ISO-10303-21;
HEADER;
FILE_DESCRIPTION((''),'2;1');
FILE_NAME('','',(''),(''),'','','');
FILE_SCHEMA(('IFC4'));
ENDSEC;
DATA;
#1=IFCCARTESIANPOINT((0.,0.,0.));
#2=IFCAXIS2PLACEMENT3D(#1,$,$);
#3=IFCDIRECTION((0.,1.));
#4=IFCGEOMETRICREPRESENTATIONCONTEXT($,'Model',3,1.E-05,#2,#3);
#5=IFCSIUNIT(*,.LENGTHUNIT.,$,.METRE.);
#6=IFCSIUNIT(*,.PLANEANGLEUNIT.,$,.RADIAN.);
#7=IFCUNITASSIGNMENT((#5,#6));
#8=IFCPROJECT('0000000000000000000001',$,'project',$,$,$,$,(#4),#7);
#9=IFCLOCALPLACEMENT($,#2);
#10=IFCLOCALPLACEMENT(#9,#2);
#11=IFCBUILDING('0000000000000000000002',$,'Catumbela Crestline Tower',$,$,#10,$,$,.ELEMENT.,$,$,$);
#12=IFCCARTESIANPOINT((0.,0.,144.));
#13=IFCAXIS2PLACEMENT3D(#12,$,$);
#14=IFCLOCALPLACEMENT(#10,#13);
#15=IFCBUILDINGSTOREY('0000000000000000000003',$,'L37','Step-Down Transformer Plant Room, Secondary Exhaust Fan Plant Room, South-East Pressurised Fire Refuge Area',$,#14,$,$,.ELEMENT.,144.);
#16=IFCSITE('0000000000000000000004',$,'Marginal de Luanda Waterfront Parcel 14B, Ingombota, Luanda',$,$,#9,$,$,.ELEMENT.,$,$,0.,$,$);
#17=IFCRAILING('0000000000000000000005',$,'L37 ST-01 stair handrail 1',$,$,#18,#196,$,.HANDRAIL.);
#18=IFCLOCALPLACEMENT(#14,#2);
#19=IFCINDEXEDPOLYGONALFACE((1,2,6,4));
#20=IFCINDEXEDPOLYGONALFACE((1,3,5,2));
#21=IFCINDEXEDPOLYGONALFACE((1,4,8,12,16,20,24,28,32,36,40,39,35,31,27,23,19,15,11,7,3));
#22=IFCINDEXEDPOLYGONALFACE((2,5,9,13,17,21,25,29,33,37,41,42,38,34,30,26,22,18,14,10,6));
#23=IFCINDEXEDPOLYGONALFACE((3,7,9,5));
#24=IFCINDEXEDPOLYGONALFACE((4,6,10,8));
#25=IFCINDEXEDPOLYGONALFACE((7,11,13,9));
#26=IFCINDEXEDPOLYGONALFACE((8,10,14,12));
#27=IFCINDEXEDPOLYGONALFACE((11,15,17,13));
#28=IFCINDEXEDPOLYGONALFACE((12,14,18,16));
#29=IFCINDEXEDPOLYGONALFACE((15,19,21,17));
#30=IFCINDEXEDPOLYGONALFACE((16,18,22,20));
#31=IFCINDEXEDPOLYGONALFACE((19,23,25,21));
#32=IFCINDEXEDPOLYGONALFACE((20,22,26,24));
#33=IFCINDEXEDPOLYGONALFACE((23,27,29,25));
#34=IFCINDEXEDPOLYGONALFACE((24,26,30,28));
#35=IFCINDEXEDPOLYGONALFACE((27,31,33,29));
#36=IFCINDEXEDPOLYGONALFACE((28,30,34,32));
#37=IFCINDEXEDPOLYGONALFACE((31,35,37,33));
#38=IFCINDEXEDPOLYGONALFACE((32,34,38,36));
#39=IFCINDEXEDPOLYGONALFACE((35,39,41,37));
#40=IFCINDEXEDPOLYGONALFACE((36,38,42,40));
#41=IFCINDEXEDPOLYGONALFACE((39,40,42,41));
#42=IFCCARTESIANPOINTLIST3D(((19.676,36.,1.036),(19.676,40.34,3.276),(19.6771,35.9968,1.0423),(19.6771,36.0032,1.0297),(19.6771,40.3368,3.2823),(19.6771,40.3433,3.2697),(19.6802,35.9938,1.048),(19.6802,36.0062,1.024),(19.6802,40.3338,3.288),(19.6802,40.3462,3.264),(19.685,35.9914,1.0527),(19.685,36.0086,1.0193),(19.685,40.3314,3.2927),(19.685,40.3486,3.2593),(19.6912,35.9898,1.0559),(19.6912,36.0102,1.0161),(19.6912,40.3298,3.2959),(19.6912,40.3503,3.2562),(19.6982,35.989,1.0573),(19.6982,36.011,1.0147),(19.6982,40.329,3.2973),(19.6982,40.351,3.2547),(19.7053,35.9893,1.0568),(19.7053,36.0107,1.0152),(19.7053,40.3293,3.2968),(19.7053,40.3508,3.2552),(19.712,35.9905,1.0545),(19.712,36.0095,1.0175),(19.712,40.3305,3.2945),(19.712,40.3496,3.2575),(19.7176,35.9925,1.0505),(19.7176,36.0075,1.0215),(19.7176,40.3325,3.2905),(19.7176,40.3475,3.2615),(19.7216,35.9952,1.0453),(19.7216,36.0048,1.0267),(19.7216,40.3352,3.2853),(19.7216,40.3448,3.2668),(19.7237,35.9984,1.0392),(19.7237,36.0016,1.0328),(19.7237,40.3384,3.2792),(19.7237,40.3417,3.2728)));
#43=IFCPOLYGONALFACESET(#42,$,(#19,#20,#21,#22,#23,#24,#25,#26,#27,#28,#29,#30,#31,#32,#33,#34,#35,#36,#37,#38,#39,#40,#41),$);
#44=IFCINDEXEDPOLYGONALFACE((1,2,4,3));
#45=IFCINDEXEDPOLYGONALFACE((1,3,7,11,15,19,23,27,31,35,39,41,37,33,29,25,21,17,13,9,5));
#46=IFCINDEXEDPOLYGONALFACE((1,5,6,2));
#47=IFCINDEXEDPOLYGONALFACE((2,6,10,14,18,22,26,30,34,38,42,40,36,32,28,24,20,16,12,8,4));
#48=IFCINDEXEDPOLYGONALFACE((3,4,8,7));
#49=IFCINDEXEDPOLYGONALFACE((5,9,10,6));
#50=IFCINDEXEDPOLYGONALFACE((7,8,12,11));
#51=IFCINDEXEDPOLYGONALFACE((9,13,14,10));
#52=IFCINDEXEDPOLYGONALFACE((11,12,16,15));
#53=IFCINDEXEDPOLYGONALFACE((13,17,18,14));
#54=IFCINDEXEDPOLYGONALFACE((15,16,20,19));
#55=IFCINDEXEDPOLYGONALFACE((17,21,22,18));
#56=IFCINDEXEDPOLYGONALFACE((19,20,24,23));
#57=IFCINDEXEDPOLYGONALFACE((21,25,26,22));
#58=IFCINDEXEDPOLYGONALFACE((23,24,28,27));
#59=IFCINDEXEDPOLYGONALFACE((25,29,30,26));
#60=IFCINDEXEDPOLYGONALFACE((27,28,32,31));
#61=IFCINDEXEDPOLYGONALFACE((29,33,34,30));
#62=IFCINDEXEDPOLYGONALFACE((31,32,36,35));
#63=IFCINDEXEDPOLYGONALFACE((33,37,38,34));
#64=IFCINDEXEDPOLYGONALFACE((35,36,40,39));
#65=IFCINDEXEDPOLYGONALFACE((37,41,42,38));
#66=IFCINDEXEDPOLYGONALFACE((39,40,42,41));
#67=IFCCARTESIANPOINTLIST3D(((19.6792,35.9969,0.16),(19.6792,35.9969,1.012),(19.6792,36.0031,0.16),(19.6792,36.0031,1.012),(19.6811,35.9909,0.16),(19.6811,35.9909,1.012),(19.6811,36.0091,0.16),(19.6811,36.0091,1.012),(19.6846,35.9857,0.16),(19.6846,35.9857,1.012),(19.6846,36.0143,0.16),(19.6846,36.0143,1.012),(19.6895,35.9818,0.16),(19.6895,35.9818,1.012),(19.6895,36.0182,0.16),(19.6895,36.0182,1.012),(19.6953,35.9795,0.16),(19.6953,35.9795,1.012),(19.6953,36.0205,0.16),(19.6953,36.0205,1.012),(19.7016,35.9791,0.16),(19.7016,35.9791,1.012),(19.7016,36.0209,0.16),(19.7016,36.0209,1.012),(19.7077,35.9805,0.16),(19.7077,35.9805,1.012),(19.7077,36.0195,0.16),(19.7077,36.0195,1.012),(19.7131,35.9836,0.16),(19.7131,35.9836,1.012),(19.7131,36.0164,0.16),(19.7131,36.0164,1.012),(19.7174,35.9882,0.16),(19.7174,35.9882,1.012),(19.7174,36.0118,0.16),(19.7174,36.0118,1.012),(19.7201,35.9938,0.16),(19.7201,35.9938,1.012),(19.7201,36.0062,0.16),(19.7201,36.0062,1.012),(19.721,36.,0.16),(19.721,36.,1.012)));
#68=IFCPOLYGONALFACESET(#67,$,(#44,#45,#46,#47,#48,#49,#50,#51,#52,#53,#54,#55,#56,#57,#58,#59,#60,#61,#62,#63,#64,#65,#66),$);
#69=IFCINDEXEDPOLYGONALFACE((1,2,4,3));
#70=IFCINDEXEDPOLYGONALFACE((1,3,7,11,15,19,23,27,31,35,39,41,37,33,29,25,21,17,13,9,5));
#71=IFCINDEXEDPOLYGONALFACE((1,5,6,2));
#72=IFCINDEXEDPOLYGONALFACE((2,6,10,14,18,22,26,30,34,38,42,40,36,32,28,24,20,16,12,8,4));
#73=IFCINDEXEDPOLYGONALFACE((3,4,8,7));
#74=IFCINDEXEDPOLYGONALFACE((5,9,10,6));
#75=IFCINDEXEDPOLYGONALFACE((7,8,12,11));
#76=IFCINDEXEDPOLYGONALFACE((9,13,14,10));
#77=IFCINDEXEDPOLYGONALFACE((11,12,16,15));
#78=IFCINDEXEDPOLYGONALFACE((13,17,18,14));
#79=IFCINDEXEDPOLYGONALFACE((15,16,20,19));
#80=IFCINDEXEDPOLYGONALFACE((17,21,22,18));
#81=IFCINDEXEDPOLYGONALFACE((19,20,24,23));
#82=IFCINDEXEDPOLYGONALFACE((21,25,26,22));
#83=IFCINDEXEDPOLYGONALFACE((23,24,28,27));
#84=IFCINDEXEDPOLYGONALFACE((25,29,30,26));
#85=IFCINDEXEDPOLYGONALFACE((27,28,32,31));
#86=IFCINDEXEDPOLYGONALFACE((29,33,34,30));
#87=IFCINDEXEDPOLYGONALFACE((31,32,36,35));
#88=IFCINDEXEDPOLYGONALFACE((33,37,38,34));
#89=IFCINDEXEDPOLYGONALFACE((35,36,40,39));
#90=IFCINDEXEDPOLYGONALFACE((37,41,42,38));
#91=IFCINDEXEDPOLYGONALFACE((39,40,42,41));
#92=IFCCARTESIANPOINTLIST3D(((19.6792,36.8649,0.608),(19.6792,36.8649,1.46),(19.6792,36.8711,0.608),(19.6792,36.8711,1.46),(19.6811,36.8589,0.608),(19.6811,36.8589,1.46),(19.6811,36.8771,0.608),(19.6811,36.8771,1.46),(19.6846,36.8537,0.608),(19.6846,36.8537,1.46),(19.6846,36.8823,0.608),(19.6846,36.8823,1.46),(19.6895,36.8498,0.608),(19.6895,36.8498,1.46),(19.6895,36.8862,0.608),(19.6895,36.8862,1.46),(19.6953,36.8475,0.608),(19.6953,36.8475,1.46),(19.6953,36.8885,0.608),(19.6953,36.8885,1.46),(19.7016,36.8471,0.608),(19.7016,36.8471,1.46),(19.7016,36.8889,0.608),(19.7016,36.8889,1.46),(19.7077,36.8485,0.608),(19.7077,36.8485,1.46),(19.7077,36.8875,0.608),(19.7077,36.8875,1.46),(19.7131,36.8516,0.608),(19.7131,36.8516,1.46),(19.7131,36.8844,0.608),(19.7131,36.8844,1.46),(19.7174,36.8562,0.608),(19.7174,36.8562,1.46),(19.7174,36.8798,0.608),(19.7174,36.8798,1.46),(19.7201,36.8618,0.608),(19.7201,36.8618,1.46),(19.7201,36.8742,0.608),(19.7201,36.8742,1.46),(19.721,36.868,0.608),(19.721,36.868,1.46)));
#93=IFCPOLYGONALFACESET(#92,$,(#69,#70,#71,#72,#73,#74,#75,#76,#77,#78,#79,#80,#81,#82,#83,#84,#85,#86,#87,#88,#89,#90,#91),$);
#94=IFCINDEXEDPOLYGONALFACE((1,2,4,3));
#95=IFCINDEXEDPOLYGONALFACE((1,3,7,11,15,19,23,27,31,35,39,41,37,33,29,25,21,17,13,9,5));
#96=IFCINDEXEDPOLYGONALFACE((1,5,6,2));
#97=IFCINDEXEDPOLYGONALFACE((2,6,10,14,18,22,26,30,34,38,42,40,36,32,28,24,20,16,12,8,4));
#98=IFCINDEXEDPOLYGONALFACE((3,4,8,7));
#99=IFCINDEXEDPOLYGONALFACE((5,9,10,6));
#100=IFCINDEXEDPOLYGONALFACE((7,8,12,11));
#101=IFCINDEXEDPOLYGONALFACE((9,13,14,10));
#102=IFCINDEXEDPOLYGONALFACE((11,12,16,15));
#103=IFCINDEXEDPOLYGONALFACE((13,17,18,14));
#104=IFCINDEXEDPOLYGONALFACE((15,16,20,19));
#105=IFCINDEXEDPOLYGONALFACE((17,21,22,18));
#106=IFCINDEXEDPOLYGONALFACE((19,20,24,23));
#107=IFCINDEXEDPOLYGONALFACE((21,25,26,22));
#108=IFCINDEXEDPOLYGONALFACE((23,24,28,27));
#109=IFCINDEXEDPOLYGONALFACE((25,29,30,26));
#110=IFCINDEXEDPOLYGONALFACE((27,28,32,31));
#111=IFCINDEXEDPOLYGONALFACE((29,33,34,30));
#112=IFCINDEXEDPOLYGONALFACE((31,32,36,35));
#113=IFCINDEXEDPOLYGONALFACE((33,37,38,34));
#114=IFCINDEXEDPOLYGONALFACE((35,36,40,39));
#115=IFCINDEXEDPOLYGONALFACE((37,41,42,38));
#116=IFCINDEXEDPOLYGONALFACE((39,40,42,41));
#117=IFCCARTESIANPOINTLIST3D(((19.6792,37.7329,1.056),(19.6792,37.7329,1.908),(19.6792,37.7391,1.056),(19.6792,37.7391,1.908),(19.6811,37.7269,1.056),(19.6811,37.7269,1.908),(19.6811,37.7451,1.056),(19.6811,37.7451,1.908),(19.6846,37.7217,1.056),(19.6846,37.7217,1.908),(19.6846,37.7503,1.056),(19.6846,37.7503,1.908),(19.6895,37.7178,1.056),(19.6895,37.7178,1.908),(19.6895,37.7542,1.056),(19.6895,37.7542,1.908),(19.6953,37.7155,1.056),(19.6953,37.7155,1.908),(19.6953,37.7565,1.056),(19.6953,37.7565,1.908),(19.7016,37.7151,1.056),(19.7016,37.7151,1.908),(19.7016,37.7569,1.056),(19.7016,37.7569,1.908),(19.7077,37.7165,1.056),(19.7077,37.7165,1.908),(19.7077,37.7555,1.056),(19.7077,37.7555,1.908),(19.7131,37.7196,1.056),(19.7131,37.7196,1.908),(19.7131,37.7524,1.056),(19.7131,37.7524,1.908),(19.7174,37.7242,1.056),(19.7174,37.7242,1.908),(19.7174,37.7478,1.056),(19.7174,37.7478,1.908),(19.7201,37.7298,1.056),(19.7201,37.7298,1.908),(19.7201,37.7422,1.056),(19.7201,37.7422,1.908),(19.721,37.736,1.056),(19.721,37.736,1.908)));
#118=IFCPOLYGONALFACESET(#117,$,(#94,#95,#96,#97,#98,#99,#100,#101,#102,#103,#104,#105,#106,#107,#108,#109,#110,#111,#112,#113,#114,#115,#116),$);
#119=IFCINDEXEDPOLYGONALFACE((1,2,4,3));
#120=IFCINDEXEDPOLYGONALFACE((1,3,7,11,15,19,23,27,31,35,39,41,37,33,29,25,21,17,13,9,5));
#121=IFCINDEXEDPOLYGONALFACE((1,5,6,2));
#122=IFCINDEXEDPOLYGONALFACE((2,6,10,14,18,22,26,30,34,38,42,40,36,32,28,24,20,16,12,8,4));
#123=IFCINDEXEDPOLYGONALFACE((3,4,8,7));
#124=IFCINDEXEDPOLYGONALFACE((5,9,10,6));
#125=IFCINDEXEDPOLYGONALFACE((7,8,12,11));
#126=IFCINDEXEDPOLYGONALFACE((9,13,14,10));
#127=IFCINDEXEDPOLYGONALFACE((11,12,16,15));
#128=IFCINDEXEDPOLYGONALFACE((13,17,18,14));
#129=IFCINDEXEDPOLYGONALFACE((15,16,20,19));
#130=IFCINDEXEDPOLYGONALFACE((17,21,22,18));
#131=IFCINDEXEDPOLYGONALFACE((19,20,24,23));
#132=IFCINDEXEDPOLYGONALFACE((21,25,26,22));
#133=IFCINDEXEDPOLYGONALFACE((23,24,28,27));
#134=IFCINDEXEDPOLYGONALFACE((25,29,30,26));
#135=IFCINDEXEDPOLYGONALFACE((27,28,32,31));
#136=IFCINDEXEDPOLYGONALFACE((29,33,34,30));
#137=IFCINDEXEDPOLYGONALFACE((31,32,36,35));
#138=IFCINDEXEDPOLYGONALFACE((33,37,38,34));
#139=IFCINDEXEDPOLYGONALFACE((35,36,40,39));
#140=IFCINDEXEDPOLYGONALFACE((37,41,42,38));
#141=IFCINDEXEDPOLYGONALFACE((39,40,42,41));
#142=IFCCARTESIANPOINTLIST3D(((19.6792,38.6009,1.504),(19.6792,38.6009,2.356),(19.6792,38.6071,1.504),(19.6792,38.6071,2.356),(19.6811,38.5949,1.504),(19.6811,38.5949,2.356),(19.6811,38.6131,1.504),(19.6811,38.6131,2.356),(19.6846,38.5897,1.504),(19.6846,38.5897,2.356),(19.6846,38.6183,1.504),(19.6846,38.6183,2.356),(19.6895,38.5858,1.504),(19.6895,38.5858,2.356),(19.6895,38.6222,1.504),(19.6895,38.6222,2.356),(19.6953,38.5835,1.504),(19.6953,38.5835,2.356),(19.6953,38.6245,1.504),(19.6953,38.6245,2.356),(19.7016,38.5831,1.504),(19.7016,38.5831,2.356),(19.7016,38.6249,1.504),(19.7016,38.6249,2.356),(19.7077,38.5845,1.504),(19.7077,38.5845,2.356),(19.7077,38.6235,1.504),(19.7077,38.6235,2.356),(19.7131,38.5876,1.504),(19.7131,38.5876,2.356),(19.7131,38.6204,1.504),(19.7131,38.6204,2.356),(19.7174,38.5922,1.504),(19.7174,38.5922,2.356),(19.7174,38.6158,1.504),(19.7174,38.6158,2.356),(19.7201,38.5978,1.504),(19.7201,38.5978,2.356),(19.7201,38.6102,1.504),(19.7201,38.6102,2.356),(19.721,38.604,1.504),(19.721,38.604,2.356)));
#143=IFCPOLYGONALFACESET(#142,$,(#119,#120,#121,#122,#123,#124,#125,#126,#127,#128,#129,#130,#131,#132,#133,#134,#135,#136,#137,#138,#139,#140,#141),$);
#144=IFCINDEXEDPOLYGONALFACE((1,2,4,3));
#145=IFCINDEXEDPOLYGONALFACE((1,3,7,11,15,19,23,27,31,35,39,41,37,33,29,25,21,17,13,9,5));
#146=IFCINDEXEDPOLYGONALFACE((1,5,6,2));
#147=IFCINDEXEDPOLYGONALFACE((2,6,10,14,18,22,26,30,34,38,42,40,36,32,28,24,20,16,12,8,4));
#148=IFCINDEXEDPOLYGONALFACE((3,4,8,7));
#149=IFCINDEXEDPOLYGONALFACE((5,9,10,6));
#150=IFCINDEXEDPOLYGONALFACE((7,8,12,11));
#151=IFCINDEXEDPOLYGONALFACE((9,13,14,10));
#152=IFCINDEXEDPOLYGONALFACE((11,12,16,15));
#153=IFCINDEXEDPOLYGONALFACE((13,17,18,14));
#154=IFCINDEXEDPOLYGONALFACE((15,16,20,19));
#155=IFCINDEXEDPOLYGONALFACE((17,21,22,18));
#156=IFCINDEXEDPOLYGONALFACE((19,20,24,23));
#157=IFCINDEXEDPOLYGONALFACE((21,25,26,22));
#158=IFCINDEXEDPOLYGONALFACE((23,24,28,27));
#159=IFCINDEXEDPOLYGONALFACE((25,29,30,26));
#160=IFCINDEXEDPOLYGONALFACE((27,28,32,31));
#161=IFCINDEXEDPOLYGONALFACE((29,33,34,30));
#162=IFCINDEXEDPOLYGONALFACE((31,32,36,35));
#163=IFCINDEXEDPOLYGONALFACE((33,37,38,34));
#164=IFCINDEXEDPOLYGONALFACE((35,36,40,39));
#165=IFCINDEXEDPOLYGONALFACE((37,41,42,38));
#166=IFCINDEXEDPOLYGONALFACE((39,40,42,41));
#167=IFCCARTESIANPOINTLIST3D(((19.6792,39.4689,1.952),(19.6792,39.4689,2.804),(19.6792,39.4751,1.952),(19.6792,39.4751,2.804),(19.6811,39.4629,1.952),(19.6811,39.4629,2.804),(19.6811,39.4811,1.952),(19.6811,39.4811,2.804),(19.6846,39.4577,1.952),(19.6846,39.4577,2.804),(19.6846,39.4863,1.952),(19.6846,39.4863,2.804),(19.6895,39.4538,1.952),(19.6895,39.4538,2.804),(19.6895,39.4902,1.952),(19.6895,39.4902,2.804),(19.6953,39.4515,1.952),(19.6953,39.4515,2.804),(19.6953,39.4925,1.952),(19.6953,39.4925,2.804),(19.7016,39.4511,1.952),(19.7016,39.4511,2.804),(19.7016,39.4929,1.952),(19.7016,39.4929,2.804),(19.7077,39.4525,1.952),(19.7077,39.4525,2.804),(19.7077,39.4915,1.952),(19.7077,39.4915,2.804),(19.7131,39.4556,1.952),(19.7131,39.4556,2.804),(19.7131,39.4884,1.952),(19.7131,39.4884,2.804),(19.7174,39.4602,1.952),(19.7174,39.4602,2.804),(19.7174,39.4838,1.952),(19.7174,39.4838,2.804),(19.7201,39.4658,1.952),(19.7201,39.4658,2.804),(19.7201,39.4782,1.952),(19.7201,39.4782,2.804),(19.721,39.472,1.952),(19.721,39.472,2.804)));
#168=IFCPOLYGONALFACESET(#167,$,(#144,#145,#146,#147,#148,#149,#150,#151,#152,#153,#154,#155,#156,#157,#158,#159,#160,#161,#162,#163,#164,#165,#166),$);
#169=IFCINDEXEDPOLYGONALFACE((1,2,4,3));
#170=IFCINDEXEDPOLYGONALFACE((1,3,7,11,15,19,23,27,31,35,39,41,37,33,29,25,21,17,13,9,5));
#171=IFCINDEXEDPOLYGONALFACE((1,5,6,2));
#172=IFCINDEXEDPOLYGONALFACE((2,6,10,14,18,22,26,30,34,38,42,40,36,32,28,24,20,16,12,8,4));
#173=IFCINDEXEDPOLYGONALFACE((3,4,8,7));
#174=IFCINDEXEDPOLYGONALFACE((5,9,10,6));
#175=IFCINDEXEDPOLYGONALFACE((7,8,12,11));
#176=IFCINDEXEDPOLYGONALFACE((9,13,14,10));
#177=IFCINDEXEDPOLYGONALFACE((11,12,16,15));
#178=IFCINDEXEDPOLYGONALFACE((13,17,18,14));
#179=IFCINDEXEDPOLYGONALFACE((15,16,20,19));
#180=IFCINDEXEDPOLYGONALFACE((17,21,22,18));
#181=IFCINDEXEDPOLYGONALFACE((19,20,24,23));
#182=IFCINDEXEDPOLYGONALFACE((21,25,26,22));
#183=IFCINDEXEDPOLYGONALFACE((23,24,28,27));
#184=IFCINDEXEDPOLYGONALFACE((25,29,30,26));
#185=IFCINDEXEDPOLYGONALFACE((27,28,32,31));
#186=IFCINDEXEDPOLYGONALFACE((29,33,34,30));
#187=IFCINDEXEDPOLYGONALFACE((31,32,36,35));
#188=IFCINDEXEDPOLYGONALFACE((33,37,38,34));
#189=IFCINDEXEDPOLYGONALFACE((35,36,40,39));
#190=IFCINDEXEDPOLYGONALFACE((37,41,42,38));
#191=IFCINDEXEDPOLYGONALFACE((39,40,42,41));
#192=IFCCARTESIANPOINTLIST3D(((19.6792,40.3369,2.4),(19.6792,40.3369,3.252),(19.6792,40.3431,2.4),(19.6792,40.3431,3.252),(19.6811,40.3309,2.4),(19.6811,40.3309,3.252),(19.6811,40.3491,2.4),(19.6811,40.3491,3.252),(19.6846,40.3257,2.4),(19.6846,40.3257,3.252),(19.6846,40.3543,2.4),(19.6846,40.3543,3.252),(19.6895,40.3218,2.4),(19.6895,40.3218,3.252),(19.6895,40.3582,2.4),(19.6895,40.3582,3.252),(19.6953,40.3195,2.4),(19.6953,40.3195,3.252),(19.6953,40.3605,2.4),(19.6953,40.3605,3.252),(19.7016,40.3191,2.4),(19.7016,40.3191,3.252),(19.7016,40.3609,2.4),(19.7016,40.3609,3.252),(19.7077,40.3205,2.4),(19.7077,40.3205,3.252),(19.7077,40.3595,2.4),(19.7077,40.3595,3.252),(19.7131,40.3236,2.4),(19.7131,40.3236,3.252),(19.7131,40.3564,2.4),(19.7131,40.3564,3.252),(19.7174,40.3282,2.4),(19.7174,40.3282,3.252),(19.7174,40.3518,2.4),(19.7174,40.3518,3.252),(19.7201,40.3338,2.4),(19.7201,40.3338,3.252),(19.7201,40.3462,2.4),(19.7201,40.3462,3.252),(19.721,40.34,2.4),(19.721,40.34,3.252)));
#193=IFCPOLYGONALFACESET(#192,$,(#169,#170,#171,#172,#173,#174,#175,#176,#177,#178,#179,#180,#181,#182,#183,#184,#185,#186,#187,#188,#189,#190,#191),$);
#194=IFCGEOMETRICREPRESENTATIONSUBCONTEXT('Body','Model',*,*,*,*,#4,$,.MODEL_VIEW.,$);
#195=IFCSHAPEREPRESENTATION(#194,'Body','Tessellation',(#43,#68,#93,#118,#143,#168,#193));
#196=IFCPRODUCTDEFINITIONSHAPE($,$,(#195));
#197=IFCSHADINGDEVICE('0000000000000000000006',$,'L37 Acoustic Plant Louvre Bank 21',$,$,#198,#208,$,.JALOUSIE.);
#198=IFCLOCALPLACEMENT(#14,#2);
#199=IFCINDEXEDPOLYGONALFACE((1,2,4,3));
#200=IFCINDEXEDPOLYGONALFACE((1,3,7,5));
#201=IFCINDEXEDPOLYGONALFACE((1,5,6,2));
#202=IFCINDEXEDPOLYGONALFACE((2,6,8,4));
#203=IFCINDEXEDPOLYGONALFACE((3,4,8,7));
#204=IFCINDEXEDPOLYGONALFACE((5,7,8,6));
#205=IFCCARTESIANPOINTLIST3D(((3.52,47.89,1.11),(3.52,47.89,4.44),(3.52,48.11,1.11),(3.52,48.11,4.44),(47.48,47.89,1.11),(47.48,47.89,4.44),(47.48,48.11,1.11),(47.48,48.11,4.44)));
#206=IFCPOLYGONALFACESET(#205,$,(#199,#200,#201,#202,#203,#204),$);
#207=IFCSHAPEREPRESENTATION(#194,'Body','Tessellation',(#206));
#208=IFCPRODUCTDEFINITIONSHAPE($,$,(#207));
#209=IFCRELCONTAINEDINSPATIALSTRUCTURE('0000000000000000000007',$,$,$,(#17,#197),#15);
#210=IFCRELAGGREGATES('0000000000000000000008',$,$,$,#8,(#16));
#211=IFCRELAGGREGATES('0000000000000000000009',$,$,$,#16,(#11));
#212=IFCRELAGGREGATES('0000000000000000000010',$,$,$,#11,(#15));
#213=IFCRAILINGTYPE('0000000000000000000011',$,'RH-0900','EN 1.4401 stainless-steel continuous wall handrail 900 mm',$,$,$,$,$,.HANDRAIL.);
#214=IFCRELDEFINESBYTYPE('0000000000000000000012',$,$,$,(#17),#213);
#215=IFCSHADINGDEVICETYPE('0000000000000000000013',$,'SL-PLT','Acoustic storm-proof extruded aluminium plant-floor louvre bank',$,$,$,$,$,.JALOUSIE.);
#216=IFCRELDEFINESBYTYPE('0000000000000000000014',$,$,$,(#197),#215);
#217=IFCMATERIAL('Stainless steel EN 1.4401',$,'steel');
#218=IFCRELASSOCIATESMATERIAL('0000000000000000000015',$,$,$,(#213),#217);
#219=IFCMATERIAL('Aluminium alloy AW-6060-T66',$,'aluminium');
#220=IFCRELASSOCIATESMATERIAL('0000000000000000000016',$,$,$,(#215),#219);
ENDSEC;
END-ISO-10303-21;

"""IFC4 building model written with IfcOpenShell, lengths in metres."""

from ifc_helpers import new_model, si_unit, direction, frame, origin, origin_2d, place, context, subcontext, project, spatial, rectangle, circle, extrude, material, type_object, element, save


model = new_model("IFC4")

# Units and contexts
model_context = context("Model", 3, precision=1e-05, world=origin(), true_north=direction((0.0, 1.0)))
body_context = subcontext(model_context, "Body", "Model", "MODEL_VIEW")
ifc_project = project(units=[si_unit("LENGTHUNIT", "METRE"), si_unit("PLANEANGLEUNIT", "RADIAN")], contexts=[model_context])

# Site, building, storey
site_placement = place(None, origin())
site = spatial("IfcSite", under=ifc_project, at=site_placement, Name="Marginal de Luanda Waterfront Parcel 14B, Ingombota, Luanda", CompositionType="ELEMENT", RefElevation=0.0)
building_placement = place(site_placement, origin())
building = spatial("IfcBuilding", under=site, at=building_placement, Name="Catumbela Crestline Tower", CompositionType="ELEMENT")
storey_placement = place(building_placement, frame((0.0, 0.0, 144.0)))
storey = spatial("IfcBuildingStorey", under=building, at=storey_placement, Name="L37", Description="Step-Down Transformer Plant Room, Secondary Exhaust Fan Plant Room, South-East Pressurised Fire Refuge Area", CompositionType="ELEMENT", Elevation=144.0)

# Shared definitions
ifc_material_1 = material(Name="Stainless steel EN 1.4401", Category="steel")

# Railing
railing_type_1 = type_object("IfcRailingType", Name="RH-0900", Description="EN 1.4401 stainless-steel continuous wall handrail 900 mm", PredefinedType="HANDRAIL", material=ifc_material_1)
railing_1_placement = place(storey_placement, frame((19.7, 36.0, 0.16)))
element("IfcRailing", 1, at=railing_1_placement, inside=storey, type_object=railing_type_1, Name="L37 ST-01 stair handrail 1", PredefinedType="HANDRAIL", context=body_context, shape_type="SweptSolid", body=[
    extrude(circle(Radius=0.024, at=origin_2d()), frame((0.0, 0.0, 0.876), z_axis=(0.0, 0.888621, 0.458643), x_axis=(-1.0, 0.0, 0.0)), (0.0, 0.0, 1.0), 4.884),
    extrude(circle(Radius=0.021, at=origin_2d()), origin(), (0.0, 0.0, 1.0), 0.852),
    extrude(circle(Radius=0.021, at=origin_2d()), frame((0.0, 0.868, 0.448)), (0.0, 0.0, 1.0), 0.852),
    extrude(circle(Radius=0.021, at=origin_2d()), frame((0.0, 1.736, 0.896)), (0.0, 0.0, 1.0), 0.852),
    extrude(circle(Radius=0.021, at=origin_2d()), frame((0.0, 2.604, 1.344)), (0.0, 0.0, 1.0), 0.852),
    extrude(circle(Radius=0.021, at=origin_2d()), frame((0.0, 3.472, 1.792)), (0.0, 0.0, 1.0), 0.852),
    extrude(circle(Radius=0.021, at=origin_2d()), frame((0.0, 4.34, 2.24)), (0.0, 0.0, 1.0), 0.852),
])

# Shading device
ifc_material_2 = material(Name="Aluminium alloy AW-6060-T66", Category="aluminium")
shading_device_type = type_object("IfcShadingDeviceType", Name="SL-PLT", Description="Acoustic storm-proof extruded aluminium plant-floor louvre bank", PredefinedType="JALOUSIE", material=ifc_material_2)
shading_device_placement = place(storey_placement, frame((25.5, 48.0, 1.11), z_axis=(0.0, 0.0, 1.0), x_axis=(-1.0, 0.0, 0.0)))
element("IfcShadingDevice", 2, at=shading_device_placement, inside=storey, type_object=shading_device_type, Name="L37 Acoustic Plant Louvre Bank 21", PredefinedType="JALOUSIE", context=body_context, shape_type="SweptSolid", body=[
    extrude(rectangle(XDim=43.96, YDim=0.22, at=origin_2d()), origin(), (0.0, 0.0, 1.0), 3.33),
])

save(model, "model.ifc")
